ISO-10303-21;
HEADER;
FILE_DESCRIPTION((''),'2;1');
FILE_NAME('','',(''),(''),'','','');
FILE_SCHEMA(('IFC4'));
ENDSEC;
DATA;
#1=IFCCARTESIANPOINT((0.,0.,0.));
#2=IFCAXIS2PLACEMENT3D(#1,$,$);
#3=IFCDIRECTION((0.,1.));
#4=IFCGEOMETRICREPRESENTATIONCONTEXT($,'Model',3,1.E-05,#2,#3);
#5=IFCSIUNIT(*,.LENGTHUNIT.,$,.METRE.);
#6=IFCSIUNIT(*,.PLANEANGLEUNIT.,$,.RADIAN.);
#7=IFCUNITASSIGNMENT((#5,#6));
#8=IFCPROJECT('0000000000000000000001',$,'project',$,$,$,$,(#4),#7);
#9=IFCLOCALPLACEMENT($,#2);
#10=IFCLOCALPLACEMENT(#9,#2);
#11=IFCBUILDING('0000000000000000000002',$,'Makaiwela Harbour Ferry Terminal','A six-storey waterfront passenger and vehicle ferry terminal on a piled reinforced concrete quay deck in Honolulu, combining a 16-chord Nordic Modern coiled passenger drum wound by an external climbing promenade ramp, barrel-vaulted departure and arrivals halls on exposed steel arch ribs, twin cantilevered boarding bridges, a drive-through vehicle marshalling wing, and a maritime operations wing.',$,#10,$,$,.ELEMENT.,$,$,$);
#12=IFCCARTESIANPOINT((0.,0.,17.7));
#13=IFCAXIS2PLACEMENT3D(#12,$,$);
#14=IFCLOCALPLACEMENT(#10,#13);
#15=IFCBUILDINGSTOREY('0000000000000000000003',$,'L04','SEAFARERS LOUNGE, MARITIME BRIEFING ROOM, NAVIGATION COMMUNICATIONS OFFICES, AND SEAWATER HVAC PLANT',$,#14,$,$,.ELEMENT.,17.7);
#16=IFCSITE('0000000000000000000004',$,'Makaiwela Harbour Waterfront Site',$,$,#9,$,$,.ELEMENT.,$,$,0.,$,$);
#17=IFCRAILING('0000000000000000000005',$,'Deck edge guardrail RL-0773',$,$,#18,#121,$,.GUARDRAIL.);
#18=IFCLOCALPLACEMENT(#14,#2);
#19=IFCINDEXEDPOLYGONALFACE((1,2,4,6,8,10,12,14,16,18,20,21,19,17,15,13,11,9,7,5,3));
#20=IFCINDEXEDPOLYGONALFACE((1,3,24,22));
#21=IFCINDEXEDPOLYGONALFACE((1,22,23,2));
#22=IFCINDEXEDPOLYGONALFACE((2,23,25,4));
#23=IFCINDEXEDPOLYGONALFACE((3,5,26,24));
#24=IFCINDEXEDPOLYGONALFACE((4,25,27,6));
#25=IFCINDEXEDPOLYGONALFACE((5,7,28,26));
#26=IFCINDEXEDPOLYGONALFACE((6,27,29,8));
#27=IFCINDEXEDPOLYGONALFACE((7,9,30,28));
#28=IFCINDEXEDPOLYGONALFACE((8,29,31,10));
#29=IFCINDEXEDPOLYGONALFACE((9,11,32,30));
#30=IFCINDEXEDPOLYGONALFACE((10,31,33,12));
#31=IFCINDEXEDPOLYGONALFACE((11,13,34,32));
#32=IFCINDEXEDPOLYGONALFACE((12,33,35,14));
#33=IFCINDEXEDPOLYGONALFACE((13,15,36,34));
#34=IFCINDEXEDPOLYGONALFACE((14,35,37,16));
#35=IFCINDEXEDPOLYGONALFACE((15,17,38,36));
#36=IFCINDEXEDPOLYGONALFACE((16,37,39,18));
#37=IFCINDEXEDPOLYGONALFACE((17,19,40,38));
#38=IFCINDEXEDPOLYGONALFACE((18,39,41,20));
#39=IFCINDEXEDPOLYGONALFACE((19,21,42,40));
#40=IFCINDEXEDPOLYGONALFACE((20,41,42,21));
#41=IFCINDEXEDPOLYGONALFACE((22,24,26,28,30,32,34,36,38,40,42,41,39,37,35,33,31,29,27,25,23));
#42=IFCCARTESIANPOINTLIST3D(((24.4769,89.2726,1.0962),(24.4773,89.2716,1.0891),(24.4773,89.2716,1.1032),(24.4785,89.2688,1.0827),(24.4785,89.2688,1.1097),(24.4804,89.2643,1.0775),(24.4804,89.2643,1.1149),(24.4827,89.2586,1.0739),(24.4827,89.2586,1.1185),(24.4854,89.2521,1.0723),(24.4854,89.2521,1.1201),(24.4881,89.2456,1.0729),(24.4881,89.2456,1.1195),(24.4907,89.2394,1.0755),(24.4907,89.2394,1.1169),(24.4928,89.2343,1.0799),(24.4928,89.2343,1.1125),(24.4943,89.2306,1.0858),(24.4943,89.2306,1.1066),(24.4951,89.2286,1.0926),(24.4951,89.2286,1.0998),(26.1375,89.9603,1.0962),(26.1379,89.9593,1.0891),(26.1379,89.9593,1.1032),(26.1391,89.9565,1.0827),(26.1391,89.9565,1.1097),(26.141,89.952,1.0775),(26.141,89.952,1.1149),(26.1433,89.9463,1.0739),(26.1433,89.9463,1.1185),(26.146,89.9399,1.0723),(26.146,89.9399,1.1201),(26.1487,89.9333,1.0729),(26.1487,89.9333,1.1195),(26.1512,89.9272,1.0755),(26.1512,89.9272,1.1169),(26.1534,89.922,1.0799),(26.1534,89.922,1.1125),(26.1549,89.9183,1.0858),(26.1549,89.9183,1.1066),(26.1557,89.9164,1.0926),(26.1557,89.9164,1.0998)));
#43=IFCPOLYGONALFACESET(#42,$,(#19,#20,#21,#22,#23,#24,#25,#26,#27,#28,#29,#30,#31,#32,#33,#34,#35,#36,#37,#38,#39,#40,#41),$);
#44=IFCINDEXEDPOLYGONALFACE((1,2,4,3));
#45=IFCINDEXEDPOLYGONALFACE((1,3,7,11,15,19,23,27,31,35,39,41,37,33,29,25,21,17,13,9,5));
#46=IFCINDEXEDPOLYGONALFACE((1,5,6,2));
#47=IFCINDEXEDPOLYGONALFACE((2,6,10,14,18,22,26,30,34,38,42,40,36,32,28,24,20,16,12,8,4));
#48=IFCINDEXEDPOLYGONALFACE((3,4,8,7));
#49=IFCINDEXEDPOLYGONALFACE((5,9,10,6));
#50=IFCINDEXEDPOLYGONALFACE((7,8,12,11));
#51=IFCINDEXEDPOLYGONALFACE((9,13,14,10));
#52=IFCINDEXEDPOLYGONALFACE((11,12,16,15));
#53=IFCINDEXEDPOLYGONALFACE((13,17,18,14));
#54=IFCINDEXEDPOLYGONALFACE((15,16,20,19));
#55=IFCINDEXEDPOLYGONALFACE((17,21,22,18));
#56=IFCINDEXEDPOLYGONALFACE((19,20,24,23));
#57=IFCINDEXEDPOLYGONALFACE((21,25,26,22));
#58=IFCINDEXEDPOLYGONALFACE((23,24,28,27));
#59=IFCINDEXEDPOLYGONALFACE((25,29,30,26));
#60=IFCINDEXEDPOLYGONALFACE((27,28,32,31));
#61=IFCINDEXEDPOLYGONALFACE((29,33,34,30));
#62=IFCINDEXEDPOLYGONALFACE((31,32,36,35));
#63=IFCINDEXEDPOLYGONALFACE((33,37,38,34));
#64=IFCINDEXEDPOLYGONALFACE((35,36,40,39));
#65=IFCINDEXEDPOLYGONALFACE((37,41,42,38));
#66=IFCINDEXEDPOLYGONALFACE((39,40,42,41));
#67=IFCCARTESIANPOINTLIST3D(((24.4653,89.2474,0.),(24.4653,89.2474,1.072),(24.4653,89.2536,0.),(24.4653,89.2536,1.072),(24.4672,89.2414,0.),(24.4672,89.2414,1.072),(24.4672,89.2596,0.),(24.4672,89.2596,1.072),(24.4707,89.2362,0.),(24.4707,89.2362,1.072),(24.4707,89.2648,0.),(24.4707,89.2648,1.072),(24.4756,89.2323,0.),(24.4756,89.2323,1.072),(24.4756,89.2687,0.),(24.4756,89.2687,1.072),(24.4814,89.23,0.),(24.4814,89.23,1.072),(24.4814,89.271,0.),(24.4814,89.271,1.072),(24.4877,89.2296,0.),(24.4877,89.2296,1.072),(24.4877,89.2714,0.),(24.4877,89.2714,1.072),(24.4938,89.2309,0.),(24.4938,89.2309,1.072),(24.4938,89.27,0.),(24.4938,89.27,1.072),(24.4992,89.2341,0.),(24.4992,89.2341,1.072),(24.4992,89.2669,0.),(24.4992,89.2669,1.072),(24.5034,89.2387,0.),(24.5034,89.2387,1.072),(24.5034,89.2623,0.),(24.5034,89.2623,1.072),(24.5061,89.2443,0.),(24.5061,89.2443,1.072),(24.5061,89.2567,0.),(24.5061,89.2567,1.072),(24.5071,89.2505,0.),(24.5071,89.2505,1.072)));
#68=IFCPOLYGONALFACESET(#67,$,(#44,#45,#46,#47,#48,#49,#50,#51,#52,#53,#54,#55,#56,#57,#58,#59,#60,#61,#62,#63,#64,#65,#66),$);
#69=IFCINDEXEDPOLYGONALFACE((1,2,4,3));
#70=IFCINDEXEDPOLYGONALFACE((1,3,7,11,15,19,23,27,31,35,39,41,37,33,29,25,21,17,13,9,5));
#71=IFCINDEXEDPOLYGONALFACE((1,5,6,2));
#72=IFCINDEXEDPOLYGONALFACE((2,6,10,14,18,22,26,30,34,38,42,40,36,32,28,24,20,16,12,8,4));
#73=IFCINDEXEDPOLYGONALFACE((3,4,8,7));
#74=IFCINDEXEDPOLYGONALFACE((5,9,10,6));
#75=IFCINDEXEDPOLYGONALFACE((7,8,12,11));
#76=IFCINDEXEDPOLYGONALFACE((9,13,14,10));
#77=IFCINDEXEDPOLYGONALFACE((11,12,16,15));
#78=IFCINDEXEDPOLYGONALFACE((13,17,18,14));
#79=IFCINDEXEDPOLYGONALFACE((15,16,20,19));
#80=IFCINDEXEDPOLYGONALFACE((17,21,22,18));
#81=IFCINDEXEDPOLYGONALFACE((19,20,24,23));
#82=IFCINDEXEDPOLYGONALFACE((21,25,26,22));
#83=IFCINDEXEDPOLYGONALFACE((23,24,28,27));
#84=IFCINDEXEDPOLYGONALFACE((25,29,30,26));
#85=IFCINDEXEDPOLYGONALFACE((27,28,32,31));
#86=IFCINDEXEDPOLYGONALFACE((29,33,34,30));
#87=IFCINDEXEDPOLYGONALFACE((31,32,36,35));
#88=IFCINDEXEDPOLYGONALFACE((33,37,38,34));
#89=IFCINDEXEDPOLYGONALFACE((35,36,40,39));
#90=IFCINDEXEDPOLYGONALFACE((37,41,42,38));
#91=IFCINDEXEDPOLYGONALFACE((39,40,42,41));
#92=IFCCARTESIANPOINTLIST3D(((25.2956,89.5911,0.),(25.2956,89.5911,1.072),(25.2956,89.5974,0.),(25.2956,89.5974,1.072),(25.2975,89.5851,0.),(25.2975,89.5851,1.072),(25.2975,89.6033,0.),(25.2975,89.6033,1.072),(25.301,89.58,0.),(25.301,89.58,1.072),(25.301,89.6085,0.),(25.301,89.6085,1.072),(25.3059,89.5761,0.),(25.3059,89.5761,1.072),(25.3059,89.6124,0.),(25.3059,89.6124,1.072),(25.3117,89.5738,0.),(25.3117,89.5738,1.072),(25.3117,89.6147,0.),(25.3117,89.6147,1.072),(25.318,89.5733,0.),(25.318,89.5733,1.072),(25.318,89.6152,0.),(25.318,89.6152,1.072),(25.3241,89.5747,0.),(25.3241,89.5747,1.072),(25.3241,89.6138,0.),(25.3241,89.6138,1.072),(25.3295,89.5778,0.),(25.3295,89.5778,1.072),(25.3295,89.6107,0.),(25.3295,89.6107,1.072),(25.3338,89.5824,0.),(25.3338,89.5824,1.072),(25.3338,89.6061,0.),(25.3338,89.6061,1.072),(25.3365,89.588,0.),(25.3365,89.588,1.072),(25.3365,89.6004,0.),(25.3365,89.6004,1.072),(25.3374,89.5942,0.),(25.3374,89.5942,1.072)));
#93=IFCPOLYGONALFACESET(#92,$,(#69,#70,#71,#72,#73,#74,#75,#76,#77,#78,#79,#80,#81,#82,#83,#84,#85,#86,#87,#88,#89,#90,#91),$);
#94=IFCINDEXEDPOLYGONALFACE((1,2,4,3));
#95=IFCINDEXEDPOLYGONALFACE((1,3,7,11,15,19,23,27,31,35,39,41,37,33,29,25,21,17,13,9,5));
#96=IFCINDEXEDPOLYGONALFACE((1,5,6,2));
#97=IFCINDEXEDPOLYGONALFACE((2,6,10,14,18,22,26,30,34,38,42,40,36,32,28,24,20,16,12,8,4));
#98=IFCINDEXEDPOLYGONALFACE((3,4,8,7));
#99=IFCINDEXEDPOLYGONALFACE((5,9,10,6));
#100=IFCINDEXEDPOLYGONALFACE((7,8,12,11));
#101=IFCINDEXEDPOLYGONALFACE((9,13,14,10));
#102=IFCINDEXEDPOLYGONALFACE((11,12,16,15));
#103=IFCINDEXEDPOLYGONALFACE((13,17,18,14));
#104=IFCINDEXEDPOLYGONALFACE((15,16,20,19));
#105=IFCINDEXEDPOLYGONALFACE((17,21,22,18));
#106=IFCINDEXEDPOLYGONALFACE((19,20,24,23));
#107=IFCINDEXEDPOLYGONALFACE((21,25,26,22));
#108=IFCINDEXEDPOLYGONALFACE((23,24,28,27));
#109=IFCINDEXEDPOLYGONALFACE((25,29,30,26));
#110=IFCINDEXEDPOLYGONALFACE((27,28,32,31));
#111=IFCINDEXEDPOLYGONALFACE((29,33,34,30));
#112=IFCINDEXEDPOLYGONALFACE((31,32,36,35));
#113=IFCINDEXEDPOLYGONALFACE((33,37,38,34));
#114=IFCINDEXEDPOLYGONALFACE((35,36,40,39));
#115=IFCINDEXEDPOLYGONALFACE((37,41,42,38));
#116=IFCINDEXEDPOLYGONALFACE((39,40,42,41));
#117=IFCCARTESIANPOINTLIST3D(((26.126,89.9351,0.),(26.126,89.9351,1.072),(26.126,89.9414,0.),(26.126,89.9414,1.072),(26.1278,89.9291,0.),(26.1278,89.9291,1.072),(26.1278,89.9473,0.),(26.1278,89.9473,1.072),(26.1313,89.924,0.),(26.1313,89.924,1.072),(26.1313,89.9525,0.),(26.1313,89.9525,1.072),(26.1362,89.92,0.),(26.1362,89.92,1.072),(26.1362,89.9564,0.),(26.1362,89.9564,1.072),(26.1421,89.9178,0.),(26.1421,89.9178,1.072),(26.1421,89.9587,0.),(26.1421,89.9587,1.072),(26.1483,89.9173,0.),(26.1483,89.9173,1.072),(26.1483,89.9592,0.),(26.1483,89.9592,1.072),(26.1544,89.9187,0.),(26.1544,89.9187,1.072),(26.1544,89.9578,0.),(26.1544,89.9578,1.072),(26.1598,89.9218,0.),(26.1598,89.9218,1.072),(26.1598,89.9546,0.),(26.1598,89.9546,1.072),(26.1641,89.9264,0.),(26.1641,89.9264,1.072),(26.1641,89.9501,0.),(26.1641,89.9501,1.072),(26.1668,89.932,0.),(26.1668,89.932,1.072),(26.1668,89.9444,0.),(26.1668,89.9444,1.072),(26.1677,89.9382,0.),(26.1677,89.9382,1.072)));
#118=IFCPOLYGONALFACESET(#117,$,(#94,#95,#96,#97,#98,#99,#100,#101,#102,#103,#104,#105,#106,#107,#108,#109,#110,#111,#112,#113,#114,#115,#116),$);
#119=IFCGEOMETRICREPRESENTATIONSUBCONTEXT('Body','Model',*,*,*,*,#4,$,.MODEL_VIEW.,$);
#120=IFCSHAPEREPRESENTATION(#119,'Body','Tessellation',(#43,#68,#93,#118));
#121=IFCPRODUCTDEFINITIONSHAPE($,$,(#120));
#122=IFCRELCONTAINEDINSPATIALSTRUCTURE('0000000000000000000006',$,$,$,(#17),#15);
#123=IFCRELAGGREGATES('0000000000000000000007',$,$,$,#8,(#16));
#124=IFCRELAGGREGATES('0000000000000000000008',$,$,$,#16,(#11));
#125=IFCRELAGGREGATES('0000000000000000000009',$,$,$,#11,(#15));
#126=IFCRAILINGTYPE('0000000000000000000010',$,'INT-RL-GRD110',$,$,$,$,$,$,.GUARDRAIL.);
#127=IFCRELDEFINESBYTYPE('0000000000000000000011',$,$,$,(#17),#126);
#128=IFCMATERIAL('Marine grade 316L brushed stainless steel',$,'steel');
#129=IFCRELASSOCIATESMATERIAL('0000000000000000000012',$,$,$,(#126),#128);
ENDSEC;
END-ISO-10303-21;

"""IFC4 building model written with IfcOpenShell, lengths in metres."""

from ifc_helpers import new_model, si_unit, direction, frame, origin, origin_2d, place, context, subcontext, project, spatial, circle, extrude, material, type_object, element, save


model = new_model("IFC4")

# Units and contexts
model_context = context("Model", 3, precision=1e-05, world=origin(), true_north=direction((0.0, 1.0)))
body_context = subcontext(model_context, "Body", "Model", "MODEL_VIEW")
ifc_project = project(units=[si_unit("LENGTHUNIT", "METRE"), si_unit("PLANEANGLEUNIT", "RADIAN")], contexts=[model_context])

# Site, building, storey
site_placement = place(None, origin())
site = spatial("IfcSite", under=ifc_project, at=site_placement, Name="Makaiwela Harbour Waterfront Site", CompositionType="ELEMENT", RefElevation=0.0)
building_placement = place(site_placement, origin())
building = spatial("IfcBuilding", under=site, at=building_placement, Name="Makaiwela Harbour Ferry Terminal", Description="A six-storey waterfront passenger and vehicle ferry terminal on a piled reinforced concrete quay deck in Honolulu, combining a 16-chord Nordic Modern coiled passenger drum wound by an external climbing promenade ramp, barrel-vaulted departure and arrivals halls on exposed steel arch ribs, twin cantilevered boarding bridges, a drive-through vehicle marshalling wing, and a maritime operations wing.", CompositionType="ELEMENT")
storey_placement = place(building_placement, frame((0.0, 0.0, 17.7)))
storey = spatial("IfcBuildingStorey", under=building, at=storey_placement, Name="L04", Description="SEAFARERS LOUNGE, MARITIME BRIEFING ROOM, NAVIGATION COMMUNICATIONS OFFICES, AND SEAWATER HVAC PLANT", CompositionType="ELEMENT", Elevation=17.7)

# Railing
ifc_material_1 = material(Name="Marine grade 316L brushed stainless steel", Category="steel")
railing_type = type_object("IfcRailingType", Name="INT-RL-GRD110", PredefinedType="GUARDRAIL", material=ifc_material_1)
railing_1_placement = place(storey_placement, frame((24.4861, 89.2505, 0.0)))
element("IfcRailing", 1, at=railing_1_placement, inside=storey, type_object=railing_type, Name="Deck edge guardrail RL-0773", PredefinedType="GUARDRAIL", context=body_context, shape_type="SweptSolid", body=[
    extrude(circle(Radius=0.0239, at=origin_2d()), frame((0.0, 0.0, 1.0962), z_axis=(0.923903, 0.382628, 0.0), x_axis=(-0.382628, 0.923903, 0.0)), (0.0, 0.0, 1.0), 1.7974),
    extrude(circle(Radius=0.021, at=origin_2d()), origin(), (0.0, 0.0, 1.0), 1.072),
    extrude(circle(Radius=0.021, at=origin_2d()), frame((0.8303, 0.3438, 0.0)), (0.0, 0.0, 1.0), 1.072),
    extrude(circle(Radius=0.021, at=origin_2d()), frame((1.6606, 0.6877, 0.0)), (0.0, 0.0, 1.0), 1.072),
])

save(model, "model.ifc")
